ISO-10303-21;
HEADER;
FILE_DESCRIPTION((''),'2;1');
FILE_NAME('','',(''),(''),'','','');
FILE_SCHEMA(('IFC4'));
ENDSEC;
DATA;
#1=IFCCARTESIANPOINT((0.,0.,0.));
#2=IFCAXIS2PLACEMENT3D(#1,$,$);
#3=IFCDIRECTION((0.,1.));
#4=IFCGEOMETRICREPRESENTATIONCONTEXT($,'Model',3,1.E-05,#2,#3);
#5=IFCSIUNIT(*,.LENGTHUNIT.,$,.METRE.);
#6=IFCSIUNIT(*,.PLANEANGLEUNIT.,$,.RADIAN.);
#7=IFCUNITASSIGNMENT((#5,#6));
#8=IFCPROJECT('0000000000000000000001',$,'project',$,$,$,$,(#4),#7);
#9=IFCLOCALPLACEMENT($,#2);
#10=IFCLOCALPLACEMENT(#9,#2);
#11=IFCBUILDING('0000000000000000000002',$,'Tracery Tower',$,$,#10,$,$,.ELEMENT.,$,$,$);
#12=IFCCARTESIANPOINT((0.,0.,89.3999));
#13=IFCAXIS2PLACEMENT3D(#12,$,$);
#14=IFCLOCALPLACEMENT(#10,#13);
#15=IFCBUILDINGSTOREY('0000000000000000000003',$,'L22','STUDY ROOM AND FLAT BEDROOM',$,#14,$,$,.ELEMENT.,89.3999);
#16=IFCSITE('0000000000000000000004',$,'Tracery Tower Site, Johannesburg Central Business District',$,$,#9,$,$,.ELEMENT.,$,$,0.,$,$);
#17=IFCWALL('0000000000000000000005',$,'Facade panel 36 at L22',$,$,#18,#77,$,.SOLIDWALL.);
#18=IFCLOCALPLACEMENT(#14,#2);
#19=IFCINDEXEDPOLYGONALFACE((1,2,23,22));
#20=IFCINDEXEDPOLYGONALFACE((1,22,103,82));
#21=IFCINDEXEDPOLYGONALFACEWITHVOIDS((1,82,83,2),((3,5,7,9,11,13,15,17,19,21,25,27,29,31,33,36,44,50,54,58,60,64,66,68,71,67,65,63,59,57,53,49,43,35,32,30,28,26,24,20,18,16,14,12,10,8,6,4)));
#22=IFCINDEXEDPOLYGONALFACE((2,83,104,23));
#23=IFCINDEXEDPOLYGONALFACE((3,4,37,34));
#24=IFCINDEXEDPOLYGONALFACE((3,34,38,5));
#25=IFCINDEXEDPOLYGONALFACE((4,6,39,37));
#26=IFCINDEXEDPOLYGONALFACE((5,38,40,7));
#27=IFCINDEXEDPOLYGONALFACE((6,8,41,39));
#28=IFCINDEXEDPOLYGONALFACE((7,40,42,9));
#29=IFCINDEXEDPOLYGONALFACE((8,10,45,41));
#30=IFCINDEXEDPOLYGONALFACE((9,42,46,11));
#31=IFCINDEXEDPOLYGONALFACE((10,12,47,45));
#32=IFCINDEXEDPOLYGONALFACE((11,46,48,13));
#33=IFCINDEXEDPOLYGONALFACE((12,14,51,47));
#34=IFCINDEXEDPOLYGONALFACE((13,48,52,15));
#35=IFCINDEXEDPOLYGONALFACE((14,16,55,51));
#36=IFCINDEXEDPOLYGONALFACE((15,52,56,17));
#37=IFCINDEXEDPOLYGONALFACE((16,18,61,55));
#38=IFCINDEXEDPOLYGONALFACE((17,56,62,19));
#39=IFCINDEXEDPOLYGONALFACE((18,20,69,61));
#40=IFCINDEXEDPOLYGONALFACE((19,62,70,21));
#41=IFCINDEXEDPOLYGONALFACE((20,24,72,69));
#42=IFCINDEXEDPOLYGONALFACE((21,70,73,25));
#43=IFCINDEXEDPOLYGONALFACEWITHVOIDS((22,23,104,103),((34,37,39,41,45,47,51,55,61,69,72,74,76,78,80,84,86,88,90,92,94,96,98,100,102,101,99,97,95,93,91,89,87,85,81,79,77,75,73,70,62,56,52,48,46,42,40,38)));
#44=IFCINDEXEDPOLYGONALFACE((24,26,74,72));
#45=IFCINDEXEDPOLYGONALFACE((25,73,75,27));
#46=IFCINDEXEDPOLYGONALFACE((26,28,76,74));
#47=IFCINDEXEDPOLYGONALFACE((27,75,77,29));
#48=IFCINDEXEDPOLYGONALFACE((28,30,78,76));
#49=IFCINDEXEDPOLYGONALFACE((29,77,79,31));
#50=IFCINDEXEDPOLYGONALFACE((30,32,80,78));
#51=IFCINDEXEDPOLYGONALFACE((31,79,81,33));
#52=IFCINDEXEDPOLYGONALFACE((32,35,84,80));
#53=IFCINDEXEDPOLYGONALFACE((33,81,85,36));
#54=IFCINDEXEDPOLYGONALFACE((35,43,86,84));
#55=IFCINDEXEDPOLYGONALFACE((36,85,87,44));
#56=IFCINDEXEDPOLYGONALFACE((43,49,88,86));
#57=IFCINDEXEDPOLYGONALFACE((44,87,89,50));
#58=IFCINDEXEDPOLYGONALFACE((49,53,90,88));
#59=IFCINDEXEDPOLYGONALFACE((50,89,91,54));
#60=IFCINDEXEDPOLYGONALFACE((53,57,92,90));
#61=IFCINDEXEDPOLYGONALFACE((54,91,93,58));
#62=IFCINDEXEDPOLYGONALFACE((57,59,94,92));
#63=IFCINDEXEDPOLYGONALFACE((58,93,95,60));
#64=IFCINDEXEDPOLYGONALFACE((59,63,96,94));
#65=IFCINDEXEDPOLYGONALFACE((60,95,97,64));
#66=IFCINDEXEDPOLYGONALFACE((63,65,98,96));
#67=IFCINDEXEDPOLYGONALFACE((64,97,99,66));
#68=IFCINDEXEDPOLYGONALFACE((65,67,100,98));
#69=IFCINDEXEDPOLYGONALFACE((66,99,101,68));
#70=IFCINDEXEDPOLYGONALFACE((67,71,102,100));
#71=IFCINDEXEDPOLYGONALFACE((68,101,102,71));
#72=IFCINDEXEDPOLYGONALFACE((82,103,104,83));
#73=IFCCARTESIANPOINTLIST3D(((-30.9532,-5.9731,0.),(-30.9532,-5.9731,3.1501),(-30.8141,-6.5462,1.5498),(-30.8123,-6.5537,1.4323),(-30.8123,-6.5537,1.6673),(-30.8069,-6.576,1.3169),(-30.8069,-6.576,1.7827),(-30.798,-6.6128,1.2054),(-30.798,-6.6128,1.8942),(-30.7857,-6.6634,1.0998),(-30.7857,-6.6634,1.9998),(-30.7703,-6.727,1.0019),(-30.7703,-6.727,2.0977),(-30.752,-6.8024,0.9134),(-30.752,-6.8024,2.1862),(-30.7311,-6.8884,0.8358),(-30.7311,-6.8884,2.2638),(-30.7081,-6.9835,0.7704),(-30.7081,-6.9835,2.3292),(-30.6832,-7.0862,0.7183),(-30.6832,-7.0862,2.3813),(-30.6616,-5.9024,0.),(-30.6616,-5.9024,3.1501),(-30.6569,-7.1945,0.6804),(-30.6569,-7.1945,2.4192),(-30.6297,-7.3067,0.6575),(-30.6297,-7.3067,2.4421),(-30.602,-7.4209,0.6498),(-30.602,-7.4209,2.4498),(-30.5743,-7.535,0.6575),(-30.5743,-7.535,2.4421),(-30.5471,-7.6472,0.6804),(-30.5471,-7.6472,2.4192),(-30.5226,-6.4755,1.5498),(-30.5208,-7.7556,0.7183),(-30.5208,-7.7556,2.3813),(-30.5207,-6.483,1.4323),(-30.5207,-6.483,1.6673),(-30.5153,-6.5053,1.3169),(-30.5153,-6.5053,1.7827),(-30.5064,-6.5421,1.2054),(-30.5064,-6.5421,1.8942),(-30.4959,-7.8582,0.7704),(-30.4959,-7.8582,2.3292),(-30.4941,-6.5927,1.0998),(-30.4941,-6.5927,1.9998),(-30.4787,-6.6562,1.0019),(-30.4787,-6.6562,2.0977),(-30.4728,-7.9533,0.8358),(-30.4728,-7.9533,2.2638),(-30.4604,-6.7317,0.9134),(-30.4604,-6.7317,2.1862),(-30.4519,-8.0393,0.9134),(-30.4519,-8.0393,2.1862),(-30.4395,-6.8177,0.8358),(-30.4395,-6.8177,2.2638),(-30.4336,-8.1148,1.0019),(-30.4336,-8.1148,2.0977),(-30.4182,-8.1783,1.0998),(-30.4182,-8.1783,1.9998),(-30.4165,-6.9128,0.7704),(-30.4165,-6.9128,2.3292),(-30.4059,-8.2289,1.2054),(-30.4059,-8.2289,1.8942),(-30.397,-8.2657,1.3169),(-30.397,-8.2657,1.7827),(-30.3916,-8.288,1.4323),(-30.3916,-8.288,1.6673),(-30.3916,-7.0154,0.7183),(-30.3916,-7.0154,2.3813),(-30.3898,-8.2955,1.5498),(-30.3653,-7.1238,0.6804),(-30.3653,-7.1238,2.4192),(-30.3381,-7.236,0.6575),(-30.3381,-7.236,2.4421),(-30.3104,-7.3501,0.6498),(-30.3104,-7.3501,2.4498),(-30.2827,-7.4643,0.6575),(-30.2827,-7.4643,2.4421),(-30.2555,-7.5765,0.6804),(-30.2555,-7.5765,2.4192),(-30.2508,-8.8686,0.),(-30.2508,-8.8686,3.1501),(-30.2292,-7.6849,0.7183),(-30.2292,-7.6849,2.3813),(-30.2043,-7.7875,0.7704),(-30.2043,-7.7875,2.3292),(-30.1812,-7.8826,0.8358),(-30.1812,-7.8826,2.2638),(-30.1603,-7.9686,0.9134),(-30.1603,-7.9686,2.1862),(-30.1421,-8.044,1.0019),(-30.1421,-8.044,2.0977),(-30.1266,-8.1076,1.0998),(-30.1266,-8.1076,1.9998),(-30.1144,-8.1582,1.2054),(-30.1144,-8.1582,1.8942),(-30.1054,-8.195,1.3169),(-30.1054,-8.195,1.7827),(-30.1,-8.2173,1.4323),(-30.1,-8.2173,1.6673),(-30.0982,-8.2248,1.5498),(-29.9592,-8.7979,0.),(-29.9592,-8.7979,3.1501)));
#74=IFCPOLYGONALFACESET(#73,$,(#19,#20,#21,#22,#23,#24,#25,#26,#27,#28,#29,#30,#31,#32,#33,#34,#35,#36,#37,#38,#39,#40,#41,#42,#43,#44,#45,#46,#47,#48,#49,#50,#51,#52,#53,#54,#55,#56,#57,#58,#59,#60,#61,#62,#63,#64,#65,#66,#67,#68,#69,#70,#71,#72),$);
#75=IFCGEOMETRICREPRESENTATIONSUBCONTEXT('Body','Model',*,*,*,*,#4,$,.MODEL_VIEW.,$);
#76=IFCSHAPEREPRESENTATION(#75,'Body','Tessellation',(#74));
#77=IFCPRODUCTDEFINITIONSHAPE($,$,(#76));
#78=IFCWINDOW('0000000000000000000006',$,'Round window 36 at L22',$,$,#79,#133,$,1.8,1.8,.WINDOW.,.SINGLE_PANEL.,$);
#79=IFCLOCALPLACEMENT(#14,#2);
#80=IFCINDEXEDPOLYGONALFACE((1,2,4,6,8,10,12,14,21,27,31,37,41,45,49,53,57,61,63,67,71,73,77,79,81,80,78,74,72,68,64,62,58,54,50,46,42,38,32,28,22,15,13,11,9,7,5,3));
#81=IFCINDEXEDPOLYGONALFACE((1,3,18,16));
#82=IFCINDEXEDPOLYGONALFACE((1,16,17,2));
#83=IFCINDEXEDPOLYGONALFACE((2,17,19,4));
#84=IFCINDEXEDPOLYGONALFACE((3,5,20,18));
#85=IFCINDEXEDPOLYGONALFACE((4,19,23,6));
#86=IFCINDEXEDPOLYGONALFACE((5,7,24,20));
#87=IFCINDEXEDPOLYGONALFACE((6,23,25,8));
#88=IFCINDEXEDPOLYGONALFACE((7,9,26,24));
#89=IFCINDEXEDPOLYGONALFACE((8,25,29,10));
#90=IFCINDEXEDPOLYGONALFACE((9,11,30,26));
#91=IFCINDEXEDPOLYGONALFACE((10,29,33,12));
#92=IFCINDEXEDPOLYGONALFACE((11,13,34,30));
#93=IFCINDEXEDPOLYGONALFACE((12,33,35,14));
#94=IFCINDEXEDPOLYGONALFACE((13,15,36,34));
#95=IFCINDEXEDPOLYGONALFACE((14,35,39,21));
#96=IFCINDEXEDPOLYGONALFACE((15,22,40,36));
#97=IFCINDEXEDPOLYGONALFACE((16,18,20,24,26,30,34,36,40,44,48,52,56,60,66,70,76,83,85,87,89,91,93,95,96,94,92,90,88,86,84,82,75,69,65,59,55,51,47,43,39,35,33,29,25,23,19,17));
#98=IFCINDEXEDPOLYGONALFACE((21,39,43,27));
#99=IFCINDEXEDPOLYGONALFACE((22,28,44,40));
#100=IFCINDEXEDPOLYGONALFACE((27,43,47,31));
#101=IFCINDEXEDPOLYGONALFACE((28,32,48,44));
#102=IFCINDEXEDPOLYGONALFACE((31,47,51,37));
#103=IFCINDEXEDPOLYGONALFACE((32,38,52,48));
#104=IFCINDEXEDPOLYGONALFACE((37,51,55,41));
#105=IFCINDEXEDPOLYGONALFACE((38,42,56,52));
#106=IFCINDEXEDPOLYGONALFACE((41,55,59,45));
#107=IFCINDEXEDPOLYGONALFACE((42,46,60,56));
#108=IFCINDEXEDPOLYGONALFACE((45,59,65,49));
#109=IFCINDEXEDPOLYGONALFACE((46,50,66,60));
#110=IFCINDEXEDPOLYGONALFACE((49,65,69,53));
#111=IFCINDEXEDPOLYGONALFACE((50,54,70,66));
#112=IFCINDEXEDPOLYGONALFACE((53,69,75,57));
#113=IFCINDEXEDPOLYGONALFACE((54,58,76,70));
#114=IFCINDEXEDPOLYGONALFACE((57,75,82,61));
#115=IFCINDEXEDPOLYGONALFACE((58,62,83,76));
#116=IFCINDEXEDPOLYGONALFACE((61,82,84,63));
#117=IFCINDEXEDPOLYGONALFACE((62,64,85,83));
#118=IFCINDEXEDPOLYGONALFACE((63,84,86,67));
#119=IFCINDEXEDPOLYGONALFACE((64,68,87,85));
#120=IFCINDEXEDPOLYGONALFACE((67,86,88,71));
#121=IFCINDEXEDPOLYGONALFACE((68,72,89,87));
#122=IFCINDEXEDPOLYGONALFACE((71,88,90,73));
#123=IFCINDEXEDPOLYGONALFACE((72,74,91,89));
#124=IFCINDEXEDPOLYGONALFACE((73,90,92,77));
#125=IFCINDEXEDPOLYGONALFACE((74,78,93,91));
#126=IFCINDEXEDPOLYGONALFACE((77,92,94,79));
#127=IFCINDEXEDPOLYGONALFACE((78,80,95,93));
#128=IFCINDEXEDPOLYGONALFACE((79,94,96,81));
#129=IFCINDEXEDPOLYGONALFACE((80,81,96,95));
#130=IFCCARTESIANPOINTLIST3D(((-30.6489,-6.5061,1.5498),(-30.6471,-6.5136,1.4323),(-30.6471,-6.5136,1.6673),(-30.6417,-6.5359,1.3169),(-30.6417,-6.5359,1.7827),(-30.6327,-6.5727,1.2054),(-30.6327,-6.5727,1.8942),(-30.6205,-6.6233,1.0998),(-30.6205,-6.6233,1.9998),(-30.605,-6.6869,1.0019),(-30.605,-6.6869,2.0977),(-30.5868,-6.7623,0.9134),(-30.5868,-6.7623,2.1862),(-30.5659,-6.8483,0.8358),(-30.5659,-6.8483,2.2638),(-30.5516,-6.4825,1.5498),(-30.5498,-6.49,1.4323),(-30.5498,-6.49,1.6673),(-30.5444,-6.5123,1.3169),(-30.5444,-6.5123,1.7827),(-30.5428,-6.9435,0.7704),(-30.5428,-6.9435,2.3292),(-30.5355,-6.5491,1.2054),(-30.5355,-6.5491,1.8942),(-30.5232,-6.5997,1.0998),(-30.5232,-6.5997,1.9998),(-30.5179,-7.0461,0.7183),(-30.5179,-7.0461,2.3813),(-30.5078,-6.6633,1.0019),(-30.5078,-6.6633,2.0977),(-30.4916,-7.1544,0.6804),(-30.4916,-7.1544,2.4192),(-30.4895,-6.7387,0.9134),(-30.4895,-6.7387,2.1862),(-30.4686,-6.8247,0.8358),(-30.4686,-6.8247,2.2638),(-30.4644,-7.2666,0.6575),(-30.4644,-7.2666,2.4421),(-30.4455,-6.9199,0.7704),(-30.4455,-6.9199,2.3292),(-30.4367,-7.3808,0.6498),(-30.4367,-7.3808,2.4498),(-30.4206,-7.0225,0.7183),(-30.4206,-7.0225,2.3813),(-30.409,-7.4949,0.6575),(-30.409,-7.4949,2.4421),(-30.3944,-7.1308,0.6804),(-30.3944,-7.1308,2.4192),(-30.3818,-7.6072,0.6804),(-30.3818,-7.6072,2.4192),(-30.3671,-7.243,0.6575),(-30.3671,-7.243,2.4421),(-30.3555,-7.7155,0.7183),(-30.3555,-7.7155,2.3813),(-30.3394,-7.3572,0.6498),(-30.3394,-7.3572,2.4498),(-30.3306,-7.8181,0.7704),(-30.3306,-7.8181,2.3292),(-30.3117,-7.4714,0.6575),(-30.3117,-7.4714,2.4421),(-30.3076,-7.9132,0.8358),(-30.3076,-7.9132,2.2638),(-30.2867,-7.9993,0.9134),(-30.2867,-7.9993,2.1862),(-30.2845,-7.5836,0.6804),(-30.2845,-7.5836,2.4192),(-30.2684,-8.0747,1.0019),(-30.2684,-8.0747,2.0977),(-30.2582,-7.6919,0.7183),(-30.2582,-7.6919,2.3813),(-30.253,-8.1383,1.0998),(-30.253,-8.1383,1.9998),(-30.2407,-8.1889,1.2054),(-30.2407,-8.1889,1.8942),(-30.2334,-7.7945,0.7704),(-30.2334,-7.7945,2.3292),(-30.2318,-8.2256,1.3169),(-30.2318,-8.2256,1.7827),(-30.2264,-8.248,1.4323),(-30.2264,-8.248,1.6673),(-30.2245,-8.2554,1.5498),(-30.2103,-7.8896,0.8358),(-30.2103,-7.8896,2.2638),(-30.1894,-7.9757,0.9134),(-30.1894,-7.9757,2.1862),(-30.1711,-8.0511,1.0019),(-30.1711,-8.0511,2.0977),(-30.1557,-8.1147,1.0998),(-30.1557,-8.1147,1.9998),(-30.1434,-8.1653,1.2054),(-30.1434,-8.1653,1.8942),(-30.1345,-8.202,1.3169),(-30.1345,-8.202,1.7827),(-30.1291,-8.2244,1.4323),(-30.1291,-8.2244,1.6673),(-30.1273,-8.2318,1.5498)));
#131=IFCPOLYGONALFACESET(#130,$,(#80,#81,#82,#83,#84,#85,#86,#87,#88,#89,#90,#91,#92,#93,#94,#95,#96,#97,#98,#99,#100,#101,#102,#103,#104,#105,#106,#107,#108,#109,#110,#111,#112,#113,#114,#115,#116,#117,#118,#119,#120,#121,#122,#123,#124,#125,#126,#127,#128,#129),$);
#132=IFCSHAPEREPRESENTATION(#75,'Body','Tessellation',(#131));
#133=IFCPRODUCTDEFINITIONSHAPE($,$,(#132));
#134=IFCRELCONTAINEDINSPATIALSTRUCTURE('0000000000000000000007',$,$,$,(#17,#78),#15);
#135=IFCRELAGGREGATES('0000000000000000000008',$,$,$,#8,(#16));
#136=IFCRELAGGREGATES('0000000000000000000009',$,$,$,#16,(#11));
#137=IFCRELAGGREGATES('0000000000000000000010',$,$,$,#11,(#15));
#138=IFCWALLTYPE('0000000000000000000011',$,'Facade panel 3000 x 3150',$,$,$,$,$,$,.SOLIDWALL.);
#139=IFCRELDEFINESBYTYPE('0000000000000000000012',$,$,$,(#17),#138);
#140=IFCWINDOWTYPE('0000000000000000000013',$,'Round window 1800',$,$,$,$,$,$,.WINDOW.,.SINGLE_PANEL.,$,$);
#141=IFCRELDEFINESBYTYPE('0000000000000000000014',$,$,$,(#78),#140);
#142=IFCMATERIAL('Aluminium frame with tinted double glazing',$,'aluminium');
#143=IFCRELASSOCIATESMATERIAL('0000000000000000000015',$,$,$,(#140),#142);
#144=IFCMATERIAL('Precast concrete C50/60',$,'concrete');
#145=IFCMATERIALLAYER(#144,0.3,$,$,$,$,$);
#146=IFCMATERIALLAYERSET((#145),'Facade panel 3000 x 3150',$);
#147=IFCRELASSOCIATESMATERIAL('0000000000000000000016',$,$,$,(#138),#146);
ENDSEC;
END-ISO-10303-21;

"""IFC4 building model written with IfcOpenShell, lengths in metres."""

from ifc_helpers import new_model, si_unit, direction, frame, frame_2d, origin, origin_2d, place, context, subcontext, project, spatial, rectangle, circle, extrude, material, layer, layer_set, type_object, element, fill, save


model = new_model("IFC4")

# Units and contexts
model_context = context("Model", 3, precision=1e-05, world=origin(), true_north=direction((0.0, 1.0)))
body_context = subcontext(model_context, "Body", "Model", "MODEL_VIEW")
ifc_project = project(units=[si_unit("LENGTHUNIT", "METRE"), si_unit("PLANEANGLEUNIT", "RADIAN")], contexts=[model_context])

# Site, building, storey
site_placement = place(None, origin())
site = spatial("IfcSite", under=ifc_project, at=site_placement, Name="Tracery Tower Site, Johannesburg Central Business District", CompositionType="ELEMENT", RefElevation=0.0)
building_placement = place(site_placement, origin())
building = spatial("IfcBuilding", under=site, at=building_placement, Name="Tracery Tower", CompositionType="ELEMENT")
storey_placement = place(building_placement, frame((0.0, 0.0, 89.3999)))
storey = spatial("IfcBuildingStorey", under=building, at=storey_placement, Name="L22", Description="STUDY ROOM AND FLAT BEDROOM", CompositionType="ELEMENT", Elevation=89.3999)

# Wall, opening, window
ifc_material_1 = material(Name="Aluminium frame with tinted double glazing", Category="aluminium")
window_type = type_object("IfcWindowType", Name="Round window 1800", PartitioningType="SINGLE_PANEL", PredefinedType="WINDOW", material=ifc_material_1)
ifc_material_2 = material(Name="Precast concrete C50/60", Category="concrete")
ifc_layer_1 = layer(ifc_material_2, 0.3)
ifc_layer_set_1 = layer_set([ifc_layer_1], Name="Facade panel 3000 x 3150")
wall_type_1 = type_object("IfcWallType", Name="Facade panel 3000 x 3150", PredefinedType="SOLIDWALL", material=ifc_layer_set_1)
wall_1_placement = place(storey_placement, frame((-30.8074, -5.9377, 0.0), z_axis=(0.0, 0.0, 1.0), x_axis=(0.235743, -0.971815, 0.0)))
wall_1 = element("IfcWall", 1, at=wall_1_placement, inside=storey, type_object=wall_type_1, Name="Facade panel 36 at L22", PredefinedType="SOLIDWALL", context=body_context, shape_type="SweptSolid", body=[
    extrude(rectangle(XDim=2.9795, YDim=0.3, at=frame_2d((1.4897, 0.0))), origin(), (0.0, 0.0, 1.0), 3.1501),
])
opening_1_placement = place(wall_1_placement, frame((1.4897, 0.0, 1.5498)))
opening_1 = element("IfcOpeningElement", 2, at=opening_1_placement, cuts=wall_1, PredefinedType="OPENING", context=body_context, shape_type="SweptSolid", body=[
    extrude(circle(Radius=0.9, at=origin_2d()), frame((0.0, 0.1599, 0.0), z_axis=(0.0, -1.0, 0.0), x_axis=(1.0, 0.0, 0.0)), (0.0, 0.0, 1.0), 0.3201),
])
window_1_placement = place(opening_1_placement, origin())
window_1 = element("IfcWindow", 3, at=window_1_placement, inside=storey, type_object=window_type, Name="Round window 36 at L22", OverallHeight=1.8, OverallWidth=1.8, PartitioningType="SINGLE_PANEL", PredefinedType="WINDOW", context=body_context, shape_type="SweptSolid", body=[
    extrude(circle(Radius=0.9, at=origin_2d()), frame((0.0, 0.1201, 0.0), z_axis=(0.0, -1.0, 0.0), x_axis=(1.0, 0.0, 0.0)), (0.0, 0.0, 1.0), 0.1001),
])
fill(opening_1, window_1)

save(model, "model.ifc")
